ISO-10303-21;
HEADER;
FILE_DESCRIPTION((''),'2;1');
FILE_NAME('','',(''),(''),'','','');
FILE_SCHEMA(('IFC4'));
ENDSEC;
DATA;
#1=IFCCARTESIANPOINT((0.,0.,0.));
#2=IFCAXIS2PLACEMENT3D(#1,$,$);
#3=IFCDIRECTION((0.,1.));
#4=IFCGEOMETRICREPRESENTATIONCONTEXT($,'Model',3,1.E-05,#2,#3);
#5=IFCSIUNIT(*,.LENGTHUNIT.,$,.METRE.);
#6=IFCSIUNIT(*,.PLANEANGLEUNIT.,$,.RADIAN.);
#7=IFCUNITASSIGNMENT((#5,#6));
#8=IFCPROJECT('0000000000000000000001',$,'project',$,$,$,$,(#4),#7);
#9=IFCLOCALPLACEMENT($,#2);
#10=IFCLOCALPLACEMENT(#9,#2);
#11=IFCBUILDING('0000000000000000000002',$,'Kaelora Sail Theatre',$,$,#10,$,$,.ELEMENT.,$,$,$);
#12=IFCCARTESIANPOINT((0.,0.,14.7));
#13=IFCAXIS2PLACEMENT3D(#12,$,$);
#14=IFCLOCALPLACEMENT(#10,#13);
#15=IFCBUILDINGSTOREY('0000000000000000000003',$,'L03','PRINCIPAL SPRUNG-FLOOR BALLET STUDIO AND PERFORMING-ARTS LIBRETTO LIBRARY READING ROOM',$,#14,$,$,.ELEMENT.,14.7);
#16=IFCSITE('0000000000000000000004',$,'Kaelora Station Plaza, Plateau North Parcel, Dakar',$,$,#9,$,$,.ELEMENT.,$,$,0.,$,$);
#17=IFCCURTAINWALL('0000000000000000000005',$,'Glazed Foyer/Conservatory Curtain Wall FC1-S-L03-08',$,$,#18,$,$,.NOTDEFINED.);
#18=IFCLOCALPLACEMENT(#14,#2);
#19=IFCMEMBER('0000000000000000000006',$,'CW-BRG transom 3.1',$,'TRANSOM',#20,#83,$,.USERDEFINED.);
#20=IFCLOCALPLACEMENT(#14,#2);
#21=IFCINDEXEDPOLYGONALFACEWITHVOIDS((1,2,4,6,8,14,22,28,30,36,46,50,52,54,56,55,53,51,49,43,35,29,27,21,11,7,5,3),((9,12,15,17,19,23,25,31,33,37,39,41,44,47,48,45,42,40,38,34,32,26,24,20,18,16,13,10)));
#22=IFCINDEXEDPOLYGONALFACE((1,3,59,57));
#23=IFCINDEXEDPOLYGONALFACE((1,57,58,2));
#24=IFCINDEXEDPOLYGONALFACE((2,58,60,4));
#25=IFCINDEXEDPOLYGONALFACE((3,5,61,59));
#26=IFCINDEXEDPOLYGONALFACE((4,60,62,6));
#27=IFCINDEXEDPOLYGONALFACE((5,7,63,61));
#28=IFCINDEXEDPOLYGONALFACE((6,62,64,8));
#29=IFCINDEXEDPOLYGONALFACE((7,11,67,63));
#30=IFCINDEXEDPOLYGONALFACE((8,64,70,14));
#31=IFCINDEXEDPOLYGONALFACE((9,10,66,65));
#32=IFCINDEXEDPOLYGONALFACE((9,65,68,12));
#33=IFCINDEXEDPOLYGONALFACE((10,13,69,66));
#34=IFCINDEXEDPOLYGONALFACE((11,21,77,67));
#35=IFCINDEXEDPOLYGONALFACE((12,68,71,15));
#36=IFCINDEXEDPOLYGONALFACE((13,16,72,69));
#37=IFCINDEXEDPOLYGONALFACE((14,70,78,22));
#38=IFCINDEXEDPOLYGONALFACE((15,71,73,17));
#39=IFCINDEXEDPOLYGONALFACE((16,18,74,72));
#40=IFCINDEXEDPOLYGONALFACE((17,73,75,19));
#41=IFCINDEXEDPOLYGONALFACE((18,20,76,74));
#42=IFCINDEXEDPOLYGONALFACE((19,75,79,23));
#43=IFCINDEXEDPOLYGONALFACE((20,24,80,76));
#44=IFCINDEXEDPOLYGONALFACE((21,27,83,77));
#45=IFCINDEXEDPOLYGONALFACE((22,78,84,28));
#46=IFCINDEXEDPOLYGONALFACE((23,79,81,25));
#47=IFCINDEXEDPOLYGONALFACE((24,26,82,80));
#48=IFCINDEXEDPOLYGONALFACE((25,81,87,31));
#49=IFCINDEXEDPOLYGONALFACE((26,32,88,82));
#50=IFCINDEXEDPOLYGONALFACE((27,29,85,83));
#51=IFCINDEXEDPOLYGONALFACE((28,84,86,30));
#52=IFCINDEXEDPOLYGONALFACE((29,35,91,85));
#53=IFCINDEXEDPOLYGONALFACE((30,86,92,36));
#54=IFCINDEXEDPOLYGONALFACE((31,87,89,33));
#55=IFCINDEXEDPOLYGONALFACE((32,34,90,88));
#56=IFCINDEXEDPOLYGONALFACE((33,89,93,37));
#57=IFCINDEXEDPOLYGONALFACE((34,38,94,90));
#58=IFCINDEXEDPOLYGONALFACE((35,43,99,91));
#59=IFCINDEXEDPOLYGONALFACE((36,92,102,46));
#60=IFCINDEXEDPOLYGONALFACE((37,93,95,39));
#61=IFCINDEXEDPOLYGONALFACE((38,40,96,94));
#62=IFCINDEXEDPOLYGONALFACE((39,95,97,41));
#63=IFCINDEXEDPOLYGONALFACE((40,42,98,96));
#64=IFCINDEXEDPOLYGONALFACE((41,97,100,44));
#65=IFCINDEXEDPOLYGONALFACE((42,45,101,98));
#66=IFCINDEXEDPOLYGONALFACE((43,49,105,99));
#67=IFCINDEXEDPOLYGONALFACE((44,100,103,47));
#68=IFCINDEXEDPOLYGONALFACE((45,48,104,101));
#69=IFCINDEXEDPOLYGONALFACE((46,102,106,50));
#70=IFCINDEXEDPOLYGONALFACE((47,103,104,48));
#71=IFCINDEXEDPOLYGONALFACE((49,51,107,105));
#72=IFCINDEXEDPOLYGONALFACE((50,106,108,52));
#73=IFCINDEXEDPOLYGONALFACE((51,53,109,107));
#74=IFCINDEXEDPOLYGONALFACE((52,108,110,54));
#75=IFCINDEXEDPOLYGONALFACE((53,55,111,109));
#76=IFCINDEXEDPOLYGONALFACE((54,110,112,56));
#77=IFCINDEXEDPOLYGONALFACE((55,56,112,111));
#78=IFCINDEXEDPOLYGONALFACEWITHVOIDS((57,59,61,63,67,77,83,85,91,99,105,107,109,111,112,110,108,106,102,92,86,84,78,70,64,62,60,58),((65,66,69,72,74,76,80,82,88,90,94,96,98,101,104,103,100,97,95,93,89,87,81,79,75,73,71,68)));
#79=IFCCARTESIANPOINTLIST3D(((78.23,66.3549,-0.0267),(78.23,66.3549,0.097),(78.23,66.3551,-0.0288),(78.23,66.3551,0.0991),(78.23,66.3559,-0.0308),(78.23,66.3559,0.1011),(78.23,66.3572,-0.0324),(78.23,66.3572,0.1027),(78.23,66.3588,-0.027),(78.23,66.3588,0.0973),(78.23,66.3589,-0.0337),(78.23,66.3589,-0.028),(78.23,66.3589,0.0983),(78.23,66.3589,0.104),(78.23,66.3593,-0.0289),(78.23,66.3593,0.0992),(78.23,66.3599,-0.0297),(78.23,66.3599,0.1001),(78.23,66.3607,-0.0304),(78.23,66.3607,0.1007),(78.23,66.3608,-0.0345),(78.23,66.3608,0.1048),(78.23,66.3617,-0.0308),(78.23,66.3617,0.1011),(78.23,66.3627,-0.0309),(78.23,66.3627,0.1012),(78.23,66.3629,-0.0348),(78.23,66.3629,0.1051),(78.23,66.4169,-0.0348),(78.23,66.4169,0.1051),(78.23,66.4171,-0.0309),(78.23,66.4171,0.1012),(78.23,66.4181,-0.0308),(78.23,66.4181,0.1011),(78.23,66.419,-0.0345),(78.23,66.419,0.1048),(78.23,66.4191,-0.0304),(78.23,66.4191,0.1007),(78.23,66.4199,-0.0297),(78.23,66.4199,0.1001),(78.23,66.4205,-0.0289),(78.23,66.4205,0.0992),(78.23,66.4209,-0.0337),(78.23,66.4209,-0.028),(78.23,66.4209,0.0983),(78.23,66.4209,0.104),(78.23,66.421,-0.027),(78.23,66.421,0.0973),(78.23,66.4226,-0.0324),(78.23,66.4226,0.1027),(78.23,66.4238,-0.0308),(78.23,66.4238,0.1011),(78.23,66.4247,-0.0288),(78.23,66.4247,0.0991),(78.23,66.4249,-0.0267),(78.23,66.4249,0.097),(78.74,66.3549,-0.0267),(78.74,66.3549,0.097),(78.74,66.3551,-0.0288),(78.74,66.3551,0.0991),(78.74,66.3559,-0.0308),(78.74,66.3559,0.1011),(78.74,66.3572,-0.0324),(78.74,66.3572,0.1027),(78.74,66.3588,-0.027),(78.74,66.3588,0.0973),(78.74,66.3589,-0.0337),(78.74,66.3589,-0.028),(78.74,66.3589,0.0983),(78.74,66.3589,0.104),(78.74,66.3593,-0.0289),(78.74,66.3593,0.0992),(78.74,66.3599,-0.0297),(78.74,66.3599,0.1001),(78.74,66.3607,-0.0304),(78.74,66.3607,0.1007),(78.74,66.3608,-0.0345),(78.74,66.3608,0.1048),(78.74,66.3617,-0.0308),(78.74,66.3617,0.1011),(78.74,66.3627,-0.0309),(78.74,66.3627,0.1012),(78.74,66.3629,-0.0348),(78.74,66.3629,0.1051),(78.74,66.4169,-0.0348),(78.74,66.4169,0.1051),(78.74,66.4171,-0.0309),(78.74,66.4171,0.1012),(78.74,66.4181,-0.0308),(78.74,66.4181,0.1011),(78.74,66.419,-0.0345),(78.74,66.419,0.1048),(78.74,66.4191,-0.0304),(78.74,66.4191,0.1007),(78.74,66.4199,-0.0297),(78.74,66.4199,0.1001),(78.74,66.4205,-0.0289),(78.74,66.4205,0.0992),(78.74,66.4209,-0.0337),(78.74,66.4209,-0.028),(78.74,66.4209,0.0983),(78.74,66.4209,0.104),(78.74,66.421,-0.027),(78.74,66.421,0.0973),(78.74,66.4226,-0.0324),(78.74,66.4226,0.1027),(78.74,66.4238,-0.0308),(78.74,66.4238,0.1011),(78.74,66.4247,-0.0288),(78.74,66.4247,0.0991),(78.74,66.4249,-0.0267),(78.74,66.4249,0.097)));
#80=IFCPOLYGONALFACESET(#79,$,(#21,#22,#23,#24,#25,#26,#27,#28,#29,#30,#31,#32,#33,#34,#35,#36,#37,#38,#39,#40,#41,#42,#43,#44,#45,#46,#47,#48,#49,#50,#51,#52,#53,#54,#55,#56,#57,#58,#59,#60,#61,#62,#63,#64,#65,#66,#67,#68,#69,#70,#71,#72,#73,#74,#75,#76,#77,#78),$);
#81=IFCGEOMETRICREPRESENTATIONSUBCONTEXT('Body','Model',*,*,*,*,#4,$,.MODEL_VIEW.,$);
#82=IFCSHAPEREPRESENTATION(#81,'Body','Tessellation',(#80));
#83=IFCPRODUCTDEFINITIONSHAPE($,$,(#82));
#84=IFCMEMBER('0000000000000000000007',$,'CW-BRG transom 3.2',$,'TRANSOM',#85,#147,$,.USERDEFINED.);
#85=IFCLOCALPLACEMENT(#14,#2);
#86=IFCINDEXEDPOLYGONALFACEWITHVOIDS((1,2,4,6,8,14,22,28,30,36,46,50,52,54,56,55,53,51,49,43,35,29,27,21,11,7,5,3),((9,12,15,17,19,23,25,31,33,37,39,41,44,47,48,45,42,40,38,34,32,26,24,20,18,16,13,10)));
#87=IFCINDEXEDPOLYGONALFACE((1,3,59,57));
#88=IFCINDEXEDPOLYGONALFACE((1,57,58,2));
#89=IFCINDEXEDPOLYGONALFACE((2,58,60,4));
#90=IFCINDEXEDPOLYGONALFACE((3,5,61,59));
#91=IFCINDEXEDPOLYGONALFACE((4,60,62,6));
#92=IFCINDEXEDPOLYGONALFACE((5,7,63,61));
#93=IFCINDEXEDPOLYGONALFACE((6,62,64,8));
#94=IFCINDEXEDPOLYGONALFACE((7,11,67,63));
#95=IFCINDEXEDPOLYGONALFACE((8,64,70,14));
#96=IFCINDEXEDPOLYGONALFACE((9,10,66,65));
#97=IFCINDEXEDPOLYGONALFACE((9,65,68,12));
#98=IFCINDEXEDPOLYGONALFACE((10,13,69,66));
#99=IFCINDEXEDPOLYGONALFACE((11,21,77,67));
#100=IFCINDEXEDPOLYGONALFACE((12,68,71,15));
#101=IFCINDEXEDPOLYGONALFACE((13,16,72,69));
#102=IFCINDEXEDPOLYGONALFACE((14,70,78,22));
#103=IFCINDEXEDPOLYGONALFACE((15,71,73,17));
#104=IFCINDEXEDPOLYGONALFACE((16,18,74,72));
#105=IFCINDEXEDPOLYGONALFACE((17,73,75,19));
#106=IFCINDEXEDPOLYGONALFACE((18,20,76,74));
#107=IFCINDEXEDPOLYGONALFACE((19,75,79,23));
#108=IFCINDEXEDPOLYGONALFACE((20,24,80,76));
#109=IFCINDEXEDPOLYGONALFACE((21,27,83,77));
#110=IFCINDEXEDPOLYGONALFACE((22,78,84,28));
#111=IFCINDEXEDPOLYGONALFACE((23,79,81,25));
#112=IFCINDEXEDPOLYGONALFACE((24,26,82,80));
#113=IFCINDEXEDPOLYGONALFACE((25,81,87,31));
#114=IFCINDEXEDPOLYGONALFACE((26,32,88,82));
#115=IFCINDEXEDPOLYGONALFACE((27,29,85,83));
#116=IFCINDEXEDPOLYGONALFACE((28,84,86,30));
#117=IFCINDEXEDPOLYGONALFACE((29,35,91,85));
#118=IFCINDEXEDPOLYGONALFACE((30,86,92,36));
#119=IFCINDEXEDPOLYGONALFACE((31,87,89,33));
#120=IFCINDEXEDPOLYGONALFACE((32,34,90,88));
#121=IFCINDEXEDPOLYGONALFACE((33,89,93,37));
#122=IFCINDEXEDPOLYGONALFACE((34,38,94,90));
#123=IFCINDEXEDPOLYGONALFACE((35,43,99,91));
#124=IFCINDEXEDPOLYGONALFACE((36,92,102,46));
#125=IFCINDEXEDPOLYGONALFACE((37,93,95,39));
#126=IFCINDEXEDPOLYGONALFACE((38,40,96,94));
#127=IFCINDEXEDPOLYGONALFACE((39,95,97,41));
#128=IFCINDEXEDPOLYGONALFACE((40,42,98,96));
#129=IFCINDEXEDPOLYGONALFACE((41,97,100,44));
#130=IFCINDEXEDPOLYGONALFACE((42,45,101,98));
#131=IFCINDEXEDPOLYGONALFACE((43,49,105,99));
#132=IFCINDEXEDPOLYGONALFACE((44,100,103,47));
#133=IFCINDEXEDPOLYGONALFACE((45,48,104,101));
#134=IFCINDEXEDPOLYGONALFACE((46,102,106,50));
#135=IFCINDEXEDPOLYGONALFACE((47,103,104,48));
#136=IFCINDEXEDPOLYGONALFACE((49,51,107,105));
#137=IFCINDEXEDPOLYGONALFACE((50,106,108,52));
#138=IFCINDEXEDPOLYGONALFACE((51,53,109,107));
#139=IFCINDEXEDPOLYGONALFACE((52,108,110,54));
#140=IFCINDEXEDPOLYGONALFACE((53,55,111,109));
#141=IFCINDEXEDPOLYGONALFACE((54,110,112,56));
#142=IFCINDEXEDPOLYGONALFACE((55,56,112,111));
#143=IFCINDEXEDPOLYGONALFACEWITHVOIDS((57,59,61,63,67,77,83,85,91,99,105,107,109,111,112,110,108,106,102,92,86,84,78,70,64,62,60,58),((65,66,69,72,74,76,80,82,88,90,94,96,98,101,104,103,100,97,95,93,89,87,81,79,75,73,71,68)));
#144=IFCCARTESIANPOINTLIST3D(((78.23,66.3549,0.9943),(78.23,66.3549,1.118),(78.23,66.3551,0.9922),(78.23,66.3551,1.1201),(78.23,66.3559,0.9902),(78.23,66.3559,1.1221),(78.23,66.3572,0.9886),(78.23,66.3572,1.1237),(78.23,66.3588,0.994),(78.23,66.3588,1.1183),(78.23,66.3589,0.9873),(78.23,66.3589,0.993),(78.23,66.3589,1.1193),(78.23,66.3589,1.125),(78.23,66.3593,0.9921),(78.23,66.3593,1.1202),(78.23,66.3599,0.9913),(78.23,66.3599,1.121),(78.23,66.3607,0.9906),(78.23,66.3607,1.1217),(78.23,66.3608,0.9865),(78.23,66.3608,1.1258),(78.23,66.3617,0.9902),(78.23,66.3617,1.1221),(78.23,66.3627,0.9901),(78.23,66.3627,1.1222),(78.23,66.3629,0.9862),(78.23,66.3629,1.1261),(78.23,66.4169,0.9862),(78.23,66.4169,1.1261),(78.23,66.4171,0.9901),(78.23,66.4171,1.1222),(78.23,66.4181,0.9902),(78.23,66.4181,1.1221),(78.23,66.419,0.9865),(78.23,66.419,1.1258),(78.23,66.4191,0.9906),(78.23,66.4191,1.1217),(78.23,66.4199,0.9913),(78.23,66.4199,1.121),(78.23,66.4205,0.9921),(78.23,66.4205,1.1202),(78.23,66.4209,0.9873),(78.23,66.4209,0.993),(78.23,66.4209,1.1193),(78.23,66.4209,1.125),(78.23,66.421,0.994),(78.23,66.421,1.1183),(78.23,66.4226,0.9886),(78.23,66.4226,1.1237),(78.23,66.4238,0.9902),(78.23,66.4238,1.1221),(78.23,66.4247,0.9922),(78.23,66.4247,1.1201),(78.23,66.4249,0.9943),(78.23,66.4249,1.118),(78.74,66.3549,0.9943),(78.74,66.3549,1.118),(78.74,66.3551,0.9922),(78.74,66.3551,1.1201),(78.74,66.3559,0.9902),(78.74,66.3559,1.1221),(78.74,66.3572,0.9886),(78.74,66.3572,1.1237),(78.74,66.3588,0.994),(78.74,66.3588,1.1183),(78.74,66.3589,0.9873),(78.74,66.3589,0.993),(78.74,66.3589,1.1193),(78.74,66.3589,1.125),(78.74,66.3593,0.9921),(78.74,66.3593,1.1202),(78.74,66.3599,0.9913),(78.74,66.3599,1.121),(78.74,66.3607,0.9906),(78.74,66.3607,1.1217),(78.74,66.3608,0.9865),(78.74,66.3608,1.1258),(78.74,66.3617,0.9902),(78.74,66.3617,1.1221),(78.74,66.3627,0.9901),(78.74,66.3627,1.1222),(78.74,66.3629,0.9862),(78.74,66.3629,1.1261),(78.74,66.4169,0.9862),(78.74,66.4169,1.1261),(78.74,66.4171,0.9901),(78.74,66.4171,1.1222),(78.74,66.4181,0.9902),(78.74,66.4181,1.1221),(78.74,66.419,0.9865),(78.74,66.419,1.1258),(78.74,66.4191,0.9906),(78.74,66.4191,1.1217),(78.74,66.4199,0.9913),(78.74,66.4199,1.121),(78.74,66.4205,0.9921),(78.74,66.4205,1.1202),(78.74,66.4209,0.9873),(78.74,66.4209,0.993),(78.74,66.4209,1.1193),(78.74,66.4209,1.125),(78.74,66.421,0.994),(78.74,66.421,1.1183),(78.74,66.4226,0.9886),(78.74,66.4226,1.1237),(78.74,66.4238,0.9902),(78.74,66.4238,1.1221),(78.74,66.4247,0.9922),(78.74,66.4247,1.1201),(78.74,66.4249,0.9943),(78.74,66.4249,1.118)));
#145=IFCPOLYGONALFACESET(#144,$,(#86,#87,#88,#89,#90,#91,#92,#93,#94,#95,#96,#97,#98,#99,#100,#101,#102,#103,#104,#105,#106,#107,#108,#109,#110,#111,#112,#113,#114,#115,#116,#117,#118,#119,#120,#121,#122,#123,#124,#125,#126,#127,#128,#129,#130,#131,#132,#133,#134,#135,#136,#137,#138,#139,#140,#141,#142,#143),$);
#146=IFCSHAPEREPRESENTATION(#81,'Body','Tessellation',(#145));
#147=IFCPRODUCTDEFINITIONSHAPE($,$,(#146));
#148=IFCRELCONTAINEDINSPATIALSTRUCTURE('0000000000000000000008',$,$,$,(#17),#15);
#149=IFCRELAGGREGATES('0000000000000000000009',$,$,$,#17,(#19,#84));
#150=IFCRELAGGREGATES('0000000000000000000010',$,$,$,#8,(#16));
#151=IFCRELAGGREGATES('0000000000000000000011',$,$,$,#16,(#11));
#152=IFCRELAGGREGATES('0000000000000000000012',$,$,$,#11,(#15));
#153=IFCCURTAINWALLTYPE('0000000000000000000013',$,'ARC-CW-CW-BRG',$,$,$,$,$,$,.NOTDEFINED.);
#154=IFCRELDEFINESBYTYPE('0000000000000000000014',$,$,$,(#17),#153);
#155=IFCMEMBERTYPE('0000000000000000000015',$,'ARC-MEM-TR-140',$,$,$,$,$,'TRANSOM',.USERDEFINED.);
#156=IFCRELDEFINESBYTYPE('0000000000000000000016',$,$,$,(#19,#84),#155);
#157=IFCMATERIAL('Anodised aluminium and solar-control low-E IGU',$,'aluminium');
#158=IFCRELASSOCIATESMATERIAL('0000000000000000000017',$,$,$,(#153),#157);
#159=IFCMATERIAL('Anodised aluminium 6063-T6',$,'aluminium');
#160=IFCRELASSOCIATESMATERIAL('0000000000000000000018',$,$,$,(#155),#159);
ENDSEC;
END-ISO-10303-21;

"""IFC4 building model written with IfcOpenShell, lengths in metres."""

from ifc_helpers import new_model, si_unit, direction, frame, origin, origin_2d, place, context, subcontext, project, spatial, hollow_rectangle, extrude, material, material_profile, profile_set, type_object, element, aggregate, save


model = new_model("IFC4")

# Units and contexts
model_context = context("Model", 3, precision=1e-05, world=origin(), true_north=direction((0.0, 1.0)))
body_context = subcontext(model_context, "Body", "Model", "MODEL_VIEW")
ifc_project = project(units=[si_unit("LENGTHUNIT", "METRE"), si_unit("PLANEANGLEUNIT", "RADIAN")], contexts=[model_context])

# Site, building, storey
site_placement = place(None, origin())
site = spatial("IfcSite", under=ifc_project, at=site_placement, Name="Kaelora Station Plaza, Plateau North Parcel, Dakar", CompositionType="ELEMENT", RefElevation=0.0)
building_placement = place(site_placement, origin())
building = spatial("IfcBuilding", under=site, at=building_placement, Name="Kaelora Sail Theatre", CompositionType="ELEMENT")
storey_placement = place(building_placement, frame((0.0, 0.0, 14.7)))
storey = spatial("IfcBuildingStorey", under=building, at=storey_placement, Name="L03", Description="PRINCIPAL SPRUNG-FLOOR BALLET STUDIO AND PERFORMING-ARTS LIBRETTO LIBRARY READING ROOM", CompositionType="ELEMENT", Elevation=14.7)

# Curtain wall
ifc_material_1 = material(Name="Anodised aluminium and solar-control low-E IGU", Category="aluminium")
curtain_wall_type = type_object("IfcCurtainWallType", Name="ARC-CW-CW-BRG", PredefinedType="NOTDEFINED", material=ifc_material_1)
curtain_wall_1_placement = place(storey_placement, origin())
curtain_wall_1 = element("IfcCurtainWall", 1, at=curtain_wall_1_placement, inside=storey, type_object=curtain_wall_type, Name="Glazed Foyer/Conservatory Curtain Wall FC1-S-L03-08", PredefinedType="NOTDEFINED")

# Members
ifc_material_2 = material(Name="Anodised aluminium 6063-T6", Category="aluminium")
ifc_material_profile_1 = material_profile(ifc_material_2, hollow_rectangle(XDim=0.0701, YDim=0.1399, WallThickness=0.0039, InnerFilletRadius=0.0039, OuterFilletRadius=0.0081, at=origin_2d()), Name="ALU-TRAN 70x140x4")
ifc_profile_set_1 = profile_set([ifc_material_profile_1], Name="Anodised aluminium 6063-T6")
member_type_1 = type_object("IfcMemberType", Name="ARC-MEM-TR-140", ElementType="TRANSOM", PredefinedType="USERDEFINED", material=ifc_profile_set_1)
member_1_placement = place(storey_placement, frame((78.23, 66.3899, 0.0352), z_axis=(1.0, 0.0, 0.0), x_axis=(0.0, 1.0, 0.0)))
member_1 = element("IfcMember", 2, at=member_1_placement, type_object=member_type_1, Name="CW-BRG transom 3.1", ObjectType="TRANSOM", PredefinedType="USERDEFINED", context=body_context, shape_type="SweptSolid", body=[
    extrude(hollow_rectangle(XDim=0.0701, YDim=0.1399, WallThickness=0.0039, InnerFilletRadius=0.0039, OuterFilletRadius=0.0081, at=origin_2d()), origin(), (0.0, 0.0, 1.0), 0.51),
])
member_2_placement = place(storey_placement, frame((78.23, 66.3899, 1.0562), z_axis=(1.0, 0.0, 0.0), x_axis=(0.0, 1.0, 0.0)))
member_2 = element("IfcMember", 3, at=member_2_placement, type_object=member_type_1, Name="CW-BRG transom 3.2", ObjectType="TRANSOM", PredefinedType="USERDEFINED", context=body_context, shape_type="SweptSolid", body=[
    extrude(hollow_rectangle(XDim=0.0701, YDim=0.1399, WallThickness=0.0039, InnerFilletRadius=0.0039, OuterFilletRadius=0.0081, at=origin_2d()), origin(), (0.0, 0.0, 1.0), 0.51),
])

aggregate(curtain_wall_1, [member_1, member_2])

save(model, "model.ifc")
